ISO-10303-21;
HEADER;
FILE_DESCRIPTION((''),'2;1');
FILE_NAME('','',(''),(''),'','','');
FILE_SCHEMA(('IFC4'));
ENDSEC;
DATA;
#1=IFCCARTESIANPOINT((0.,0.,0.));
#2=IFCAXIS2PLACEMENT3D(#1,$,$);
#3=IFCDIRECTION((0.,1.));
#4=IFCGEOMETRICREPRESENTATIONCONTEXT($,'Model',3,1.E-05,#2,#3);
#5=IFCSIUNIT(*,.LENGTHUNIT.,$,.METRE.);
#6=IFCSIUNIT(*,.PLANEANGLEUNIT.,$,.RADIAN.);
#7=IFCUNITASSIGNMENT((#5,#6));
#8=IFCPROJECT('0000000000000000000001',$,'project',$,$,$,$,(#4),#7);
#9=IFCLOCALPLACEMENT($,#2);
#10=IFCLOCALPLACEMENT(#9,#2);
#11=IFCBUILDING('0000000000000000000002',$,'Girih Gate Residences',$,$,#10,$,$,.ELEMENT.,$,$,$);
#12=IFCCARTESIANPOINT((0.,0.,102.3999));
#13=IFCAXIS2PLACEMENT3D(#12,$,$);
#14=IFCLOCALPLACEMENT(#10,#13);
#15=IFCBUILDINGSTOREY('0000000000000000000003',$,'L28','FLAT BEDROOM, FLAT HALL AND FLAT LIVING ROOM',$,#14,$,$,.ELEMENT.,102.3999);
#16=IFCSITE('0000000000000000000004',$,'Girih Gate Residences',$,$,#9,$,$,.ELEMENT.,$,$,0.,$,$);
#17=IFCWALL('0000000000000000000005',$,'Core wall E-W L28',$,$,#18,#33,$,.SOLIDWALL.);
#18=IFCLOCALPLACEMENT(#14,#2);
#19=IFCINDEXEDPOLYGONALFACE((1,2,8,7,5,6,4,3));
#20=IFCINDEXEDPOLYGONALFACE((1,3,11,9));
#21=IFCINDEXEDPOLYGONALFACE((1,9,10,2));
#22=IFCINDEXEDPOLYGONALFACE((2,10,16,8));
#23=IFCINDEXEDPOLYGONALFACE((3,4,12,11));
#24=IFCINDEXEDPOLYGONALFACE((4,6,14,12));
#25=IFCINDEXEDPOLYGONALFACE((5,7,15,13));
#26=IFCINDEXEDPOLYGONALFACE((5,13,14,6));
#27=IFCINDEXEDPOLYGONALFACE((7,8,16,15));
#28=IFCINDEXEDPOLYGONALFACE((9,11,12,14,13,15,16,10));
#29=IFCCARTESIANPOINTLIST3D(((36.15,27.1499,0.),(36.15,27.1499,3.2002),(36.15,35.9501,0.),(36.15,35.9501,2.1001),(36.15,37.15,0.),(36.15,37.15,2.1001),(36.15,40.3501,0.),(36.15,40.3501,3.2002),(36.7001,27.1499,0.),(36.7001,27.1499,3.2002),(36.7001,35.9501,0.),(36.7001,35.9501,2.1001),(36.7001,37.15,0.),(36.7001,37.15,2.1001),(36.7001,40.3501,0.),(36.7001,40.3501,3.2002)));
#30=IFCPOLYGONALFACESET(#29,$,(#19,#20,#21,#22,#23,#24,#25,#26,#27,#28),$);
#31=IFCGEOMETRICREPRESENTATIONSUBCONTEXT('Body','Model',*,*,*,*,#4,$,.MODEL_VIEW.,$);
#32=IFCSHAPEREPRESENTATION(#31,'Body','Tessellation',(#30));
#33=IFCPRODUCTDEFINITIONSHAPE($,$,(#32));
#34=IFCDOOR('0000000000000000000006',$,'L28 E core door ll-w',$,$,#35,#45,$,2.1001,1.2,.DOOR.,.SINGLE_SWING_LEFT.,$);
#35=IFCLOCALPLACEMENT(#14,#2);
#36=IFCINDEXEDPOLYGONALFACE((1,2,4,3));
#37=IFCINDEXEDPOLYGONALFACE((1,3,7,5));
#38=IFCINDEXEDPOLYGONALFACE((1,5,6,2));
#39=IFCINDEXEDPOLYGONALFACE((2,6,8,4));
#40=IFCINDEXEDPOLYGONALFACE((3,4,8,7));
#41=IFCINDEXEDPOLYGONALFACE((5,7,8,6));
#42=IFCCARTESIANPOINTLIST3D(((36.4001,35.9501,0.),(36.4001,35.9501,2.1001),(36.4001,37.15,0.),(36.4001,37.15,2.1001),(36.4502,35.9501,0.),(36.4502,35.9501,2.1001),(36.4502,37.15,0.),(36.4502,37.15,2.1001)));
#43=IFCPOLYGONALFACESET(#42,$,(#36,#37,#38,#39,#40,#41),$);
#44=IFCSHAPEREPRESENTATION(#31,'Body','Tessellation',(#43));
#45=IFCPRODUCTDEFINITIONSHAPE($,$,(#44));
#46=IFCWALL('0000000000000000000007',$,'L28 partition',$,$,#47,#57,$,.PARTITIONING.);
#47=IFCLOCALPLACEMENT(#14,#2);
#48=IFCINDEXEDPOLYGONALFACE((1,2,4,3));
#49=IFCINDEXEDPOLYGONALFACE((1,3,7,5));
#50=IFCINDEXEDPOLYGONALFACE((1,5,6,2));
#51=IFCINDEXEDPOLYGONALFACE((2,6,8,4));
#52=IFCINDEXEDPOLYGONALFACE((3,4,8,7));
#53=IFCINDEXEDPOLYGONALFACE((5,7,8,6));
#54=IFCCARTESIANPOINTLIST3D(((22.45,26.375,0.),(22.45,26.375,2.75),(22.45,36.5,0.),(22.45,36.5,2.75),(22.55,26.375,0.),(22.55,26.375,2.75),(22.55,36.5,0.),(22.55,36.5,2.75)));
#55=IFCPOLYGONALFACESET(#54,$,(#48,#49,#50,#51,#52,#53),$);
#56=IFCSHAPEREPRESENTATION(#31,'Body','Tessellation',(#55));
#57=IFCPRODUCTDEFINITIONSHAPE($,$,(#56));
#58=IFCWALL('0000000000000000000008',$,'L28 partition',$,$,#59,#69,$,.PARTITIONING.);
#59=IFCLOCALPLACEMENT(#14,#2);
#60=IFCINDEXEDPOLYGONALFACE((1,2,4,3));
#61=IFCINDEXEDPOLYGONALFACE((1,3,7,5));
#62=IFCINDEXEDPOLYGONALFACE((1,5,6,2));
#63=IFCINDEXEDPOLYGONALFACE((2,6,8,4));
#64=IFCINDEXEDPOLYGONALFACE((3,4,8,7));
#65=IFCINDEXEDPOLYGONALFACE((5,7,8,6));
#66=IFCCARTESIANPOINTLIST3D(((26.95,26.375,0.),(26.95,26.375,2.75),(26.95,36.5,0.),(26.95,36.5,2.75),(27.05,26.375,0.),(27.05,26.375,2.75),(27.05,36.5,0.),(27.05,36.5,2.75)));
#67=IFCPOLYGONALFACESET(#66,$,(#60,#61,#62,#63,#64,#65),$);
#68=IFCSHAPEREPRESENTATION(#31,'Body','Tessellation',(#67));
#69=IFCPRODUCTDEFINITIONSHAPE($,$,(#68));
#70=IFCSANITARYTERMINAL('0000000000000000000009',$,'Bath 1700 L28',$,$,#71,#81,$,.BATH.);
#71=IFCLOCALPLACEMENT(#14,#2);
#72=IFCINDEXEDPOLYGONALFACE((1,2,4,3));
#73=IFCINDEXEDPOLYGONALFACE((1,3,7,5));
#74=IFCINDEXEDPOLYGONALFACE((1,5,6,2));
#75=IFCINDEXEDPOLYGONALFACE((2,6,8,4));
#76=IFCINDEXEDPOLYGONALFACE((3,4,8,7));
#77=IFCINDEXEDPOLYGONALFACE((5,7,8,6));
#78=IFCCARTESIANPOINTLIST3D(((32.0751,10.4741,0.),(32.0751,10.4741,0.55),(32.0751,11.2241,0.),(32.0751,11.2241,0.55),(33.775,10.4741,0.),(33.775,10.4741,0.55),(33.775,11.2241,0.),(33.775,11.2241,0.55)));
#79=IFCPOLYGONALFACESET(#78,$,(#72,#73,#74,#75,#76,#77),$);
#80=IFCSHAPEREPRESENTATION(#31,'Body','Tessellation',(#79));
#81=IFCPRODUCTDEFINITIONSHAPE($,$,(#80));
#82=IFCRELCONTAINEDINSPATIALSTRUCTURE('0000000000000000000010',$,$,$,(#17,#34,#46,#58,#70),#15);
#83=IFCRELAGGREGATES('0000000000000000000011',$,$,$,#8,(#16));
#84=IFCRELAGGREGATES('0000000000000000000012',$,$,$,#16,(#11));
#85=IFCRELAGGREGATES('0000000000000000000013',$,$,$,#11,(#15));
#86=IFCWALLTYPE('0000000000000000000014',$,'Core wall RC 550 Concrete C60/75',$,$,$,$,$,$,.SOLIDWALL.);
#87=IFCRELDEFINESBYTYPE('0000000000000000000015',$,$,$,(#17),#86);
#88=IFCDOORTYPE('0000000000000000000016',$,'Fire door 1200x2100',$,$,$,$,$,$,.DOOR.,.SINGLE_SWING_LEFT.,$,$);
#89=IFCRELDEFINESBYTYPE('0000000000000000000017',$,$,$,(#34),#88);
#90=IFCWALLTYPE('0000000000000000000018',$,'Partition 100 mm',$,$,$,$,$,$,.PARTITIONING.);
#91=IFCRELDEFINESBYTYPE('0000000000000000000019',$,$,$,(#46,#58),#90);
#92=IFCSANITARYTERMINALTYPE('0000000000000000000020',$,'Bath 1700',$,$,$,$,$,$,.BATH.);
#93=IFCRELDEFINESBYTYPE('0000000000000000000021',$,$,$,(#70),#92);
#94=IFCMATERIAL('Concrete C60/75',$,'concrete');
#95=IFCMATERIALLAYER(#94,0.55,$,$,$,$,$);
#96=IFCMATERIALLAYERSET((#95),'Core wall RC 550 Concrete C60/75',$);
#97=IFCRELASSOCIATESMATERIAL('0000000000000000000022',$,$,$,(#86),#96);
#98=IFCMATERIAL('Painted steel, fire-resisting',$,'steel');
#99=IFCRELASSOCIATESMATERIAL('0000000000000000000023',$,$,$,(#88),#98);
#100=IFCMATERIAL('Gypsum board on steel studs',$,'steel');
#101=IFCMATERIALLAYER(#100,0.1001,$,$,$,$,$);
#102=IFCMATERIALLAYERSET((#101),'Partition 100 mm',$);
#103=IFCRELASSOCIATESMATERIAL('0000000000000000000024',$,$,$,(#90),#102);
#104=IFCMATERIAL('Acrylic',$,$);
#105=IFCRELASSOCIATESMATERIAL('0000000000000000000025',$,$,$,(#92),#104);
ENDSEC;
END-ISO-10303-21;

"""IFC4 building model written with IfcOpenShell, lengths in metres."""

from ifc_helpers import new_model, si_unit, direction, frame, frame_2d, origin, origin_2d, place, context, subcontext, project, spatial, rectangle, extrude, material, layer, layer_set, type_object, element, fill, save


model = new_model("IFC4")

# Units and contexts
model_context = context("Model", 3, precision=1e-05, world=origin(), true_north=direction((0.0, 1.0)))
body_context = subcontext(model_context, "Body", "Model", "MODEL_VIEW")
ifc_project = project(units=[si_unit("LENGTHUNIT", "METRE"), si_unit("PLANEANGLEUNIT", "RADIAN")], contexts=[model_context])

# Site, building, storey
site_placement = place(None, origin())
site = spatial("IfcSite", under=ifc_project, at=site_placement, Name="Girih Gate Residences", CompositionType="ELEMENT", RefElevation=0.0)
building_placement = place(site_placement, origin())
building = spatial("IfcBuilding", under=site, at=building_placement, Name="Girih Gate Residences", CompositionType="ELEMENT")
storey_placement = place(building_placement, frame((0.0, 0.0, 102.3999)))
storey = spatial("IfcBuildingStorey", under=building, at=storey_placement, Name="L28", Description="FLAT BEDROOM, FLAT HALL AND FLAT LIVING ROOM", CompositionType="ELEMENT", Elevation=102.3999)

# Shared definitions
ifc_material_1 = material(Name="Concrete C60/75", Category="concrete")

# Shared definitions
ifc_material_2 = material(Name="Gypsum board on steel studs", Category="steel")

# Wall, opening, door
ifc_layer_1 = layer(ifc_material_1, 0.55)
ifc_layer_set_1 = layer_set([ifc_layer_1], Name="Core wall RC 550 Concrete C60/75")
wall_type_1 = type_object("IfcWallType", Name="Core wall RC 550 Concrete C60/75", PredefinedType="SOLIDWALL", material=ifc_layer_set_1)
wall_1_placement = place(storey_placement, frame((36.425, 27.1499, 0.0), z_axis=(0.0, 0.0, 1.0), x_axis=(0.0, 1.0, 0.0)))
wall_1 = element("IfcWall", 1, at=wall_1_placement, inside=storey, type_object=wall_type_1, Name="Core wall E-W L28", PredefinedType="SOLIDWALL", context=body_context, shape_type="SweptSolid", body=[
    extrude(rectangle(XDim=13.2002, YDim=0.55, at=frame_2d((6.6001, 0.0))), origin(), (0.0, 0.0, 1.0), 3.2002),
])
opening_1_placement = place(wall_1_placement, frame((8.8, 0.0, 0.0)))
opening_1 = element("IfcOpeningElement", 2, at=opening_1_placement, cuts=wall_1, PredefinedType="OPENING", context=body_context, shape_type="SweptSolid", body=[
    extrude(rectangle(XDim=1.2, YDim=2.1001, at=frame_2d((0.6001, 1.05))), frame((0.0, 0.2849, 0.0), z_axis=(0.0, -1.0, 0.0), x_axis=(1.0, 0.0, 0.0)), (0.0, 0.0, 1.0), 0.5701),
])
ifc_material_3 = material(Name="Painted steel, fire-resisting", Category="steel")
door_type_1 = type_object("IfcDoorType", Name="Fire door 1200x2100", OperationType="SINGLE_SWING_LEFT", PredefinedType="DOOR", material=ifc_material_3)
door_1_placement = place(opening_1_placement, origin())
door_1 = element("IfcDoor", 3, at=door_1_placement, inside=storey, type_object=door_type_1, Name="L28 E core door ll-w", OperationType="SINGLE_SWING_LEFT", OverallHeight=2.1001, OverallWidth=1.2, PredefinedType="DOOR", context=body_context, shape_type="SweptSolid", body=[
    extrude(rectangle(XDim=1.2, YDim=2.1001, at=frame_2d((0.6001, 1.05))), frame((0.0, 0.0249, 0.0), z_axis=(0.0, -1.0, 0.0), x_axis=(1.0, 0.0, 0.0)), (0.0, 0.0, 1.0), 0.05),
])
fill(opening_1, door_1)

# Walls
ifc_layer_2 = layer(ifc_material_2, 0.1001)
ifc_layer_set_2 = layer_set([ifc_layer_2], Name="Partition 100 mm")
wall_type_2 = type_object("IfcWallType", Name="Partition 100 mm", PredefinedType="PARTITIONING", material=ifc_layer_set_2)
for number, where, z_axis, x_axis, name in (
    (4, (22.5, 26.375, 0.0), (0.0, 0.0, 1.0), (0.0, 1.0, 0.0), "L28 partition"),
    (5, (27.0, 26.375, 0.0), (0.0, 0.0, 1.0), (0.0, 1.0, 0.0), "L28 partition"),
):
    element("IfcWall", number, at=place(storey_placement, frame(where, z_axis=z_axis, x_axis=x_axis)), inside=storey, type_object=wall_type_2, Name=name, PredefinedType="PARTITIONING", context=body_context, shape_type="SweptSolid", body=[
        extrude(rectangle(XDim=10.125, YDim=0.1001, at=frame_2d((5.0625, 0.0))), origin(), (0.0, 0.0, 1.0), 2.75),
    ])

# Sanitary terminal
ifc_material_4 = material(Name="Acrylic")
sanitary_terminal_type = type_object("IfcSanitaryTerminalType", Name="Bath 1700", PredefinedType="BATH", material=ifc_material_4)
sanitary_terminal_placement = place(storey_placement, frame((32.925, 10.8491, 0.0), z_axis=(0.0, 0.0, 1.0), x_axis=(1.0, 0.0, 0.0)))
element("IfcSanitaryTerminal", 6, at=sanitary_terminal_placement, inside=storey, type_object=sanitary_terminal_type, Name="Bath 1700 L28", PredefinedType="BATH", context=body_context, shape_type="SweptSolid", body=[
    extrude(rectangle(XDim=1.7, YDim=0.75, at=origin_2d()), origin(), (0.0, 0.0, 1.0), 0.55),
])

save(model, "model.ifc")
